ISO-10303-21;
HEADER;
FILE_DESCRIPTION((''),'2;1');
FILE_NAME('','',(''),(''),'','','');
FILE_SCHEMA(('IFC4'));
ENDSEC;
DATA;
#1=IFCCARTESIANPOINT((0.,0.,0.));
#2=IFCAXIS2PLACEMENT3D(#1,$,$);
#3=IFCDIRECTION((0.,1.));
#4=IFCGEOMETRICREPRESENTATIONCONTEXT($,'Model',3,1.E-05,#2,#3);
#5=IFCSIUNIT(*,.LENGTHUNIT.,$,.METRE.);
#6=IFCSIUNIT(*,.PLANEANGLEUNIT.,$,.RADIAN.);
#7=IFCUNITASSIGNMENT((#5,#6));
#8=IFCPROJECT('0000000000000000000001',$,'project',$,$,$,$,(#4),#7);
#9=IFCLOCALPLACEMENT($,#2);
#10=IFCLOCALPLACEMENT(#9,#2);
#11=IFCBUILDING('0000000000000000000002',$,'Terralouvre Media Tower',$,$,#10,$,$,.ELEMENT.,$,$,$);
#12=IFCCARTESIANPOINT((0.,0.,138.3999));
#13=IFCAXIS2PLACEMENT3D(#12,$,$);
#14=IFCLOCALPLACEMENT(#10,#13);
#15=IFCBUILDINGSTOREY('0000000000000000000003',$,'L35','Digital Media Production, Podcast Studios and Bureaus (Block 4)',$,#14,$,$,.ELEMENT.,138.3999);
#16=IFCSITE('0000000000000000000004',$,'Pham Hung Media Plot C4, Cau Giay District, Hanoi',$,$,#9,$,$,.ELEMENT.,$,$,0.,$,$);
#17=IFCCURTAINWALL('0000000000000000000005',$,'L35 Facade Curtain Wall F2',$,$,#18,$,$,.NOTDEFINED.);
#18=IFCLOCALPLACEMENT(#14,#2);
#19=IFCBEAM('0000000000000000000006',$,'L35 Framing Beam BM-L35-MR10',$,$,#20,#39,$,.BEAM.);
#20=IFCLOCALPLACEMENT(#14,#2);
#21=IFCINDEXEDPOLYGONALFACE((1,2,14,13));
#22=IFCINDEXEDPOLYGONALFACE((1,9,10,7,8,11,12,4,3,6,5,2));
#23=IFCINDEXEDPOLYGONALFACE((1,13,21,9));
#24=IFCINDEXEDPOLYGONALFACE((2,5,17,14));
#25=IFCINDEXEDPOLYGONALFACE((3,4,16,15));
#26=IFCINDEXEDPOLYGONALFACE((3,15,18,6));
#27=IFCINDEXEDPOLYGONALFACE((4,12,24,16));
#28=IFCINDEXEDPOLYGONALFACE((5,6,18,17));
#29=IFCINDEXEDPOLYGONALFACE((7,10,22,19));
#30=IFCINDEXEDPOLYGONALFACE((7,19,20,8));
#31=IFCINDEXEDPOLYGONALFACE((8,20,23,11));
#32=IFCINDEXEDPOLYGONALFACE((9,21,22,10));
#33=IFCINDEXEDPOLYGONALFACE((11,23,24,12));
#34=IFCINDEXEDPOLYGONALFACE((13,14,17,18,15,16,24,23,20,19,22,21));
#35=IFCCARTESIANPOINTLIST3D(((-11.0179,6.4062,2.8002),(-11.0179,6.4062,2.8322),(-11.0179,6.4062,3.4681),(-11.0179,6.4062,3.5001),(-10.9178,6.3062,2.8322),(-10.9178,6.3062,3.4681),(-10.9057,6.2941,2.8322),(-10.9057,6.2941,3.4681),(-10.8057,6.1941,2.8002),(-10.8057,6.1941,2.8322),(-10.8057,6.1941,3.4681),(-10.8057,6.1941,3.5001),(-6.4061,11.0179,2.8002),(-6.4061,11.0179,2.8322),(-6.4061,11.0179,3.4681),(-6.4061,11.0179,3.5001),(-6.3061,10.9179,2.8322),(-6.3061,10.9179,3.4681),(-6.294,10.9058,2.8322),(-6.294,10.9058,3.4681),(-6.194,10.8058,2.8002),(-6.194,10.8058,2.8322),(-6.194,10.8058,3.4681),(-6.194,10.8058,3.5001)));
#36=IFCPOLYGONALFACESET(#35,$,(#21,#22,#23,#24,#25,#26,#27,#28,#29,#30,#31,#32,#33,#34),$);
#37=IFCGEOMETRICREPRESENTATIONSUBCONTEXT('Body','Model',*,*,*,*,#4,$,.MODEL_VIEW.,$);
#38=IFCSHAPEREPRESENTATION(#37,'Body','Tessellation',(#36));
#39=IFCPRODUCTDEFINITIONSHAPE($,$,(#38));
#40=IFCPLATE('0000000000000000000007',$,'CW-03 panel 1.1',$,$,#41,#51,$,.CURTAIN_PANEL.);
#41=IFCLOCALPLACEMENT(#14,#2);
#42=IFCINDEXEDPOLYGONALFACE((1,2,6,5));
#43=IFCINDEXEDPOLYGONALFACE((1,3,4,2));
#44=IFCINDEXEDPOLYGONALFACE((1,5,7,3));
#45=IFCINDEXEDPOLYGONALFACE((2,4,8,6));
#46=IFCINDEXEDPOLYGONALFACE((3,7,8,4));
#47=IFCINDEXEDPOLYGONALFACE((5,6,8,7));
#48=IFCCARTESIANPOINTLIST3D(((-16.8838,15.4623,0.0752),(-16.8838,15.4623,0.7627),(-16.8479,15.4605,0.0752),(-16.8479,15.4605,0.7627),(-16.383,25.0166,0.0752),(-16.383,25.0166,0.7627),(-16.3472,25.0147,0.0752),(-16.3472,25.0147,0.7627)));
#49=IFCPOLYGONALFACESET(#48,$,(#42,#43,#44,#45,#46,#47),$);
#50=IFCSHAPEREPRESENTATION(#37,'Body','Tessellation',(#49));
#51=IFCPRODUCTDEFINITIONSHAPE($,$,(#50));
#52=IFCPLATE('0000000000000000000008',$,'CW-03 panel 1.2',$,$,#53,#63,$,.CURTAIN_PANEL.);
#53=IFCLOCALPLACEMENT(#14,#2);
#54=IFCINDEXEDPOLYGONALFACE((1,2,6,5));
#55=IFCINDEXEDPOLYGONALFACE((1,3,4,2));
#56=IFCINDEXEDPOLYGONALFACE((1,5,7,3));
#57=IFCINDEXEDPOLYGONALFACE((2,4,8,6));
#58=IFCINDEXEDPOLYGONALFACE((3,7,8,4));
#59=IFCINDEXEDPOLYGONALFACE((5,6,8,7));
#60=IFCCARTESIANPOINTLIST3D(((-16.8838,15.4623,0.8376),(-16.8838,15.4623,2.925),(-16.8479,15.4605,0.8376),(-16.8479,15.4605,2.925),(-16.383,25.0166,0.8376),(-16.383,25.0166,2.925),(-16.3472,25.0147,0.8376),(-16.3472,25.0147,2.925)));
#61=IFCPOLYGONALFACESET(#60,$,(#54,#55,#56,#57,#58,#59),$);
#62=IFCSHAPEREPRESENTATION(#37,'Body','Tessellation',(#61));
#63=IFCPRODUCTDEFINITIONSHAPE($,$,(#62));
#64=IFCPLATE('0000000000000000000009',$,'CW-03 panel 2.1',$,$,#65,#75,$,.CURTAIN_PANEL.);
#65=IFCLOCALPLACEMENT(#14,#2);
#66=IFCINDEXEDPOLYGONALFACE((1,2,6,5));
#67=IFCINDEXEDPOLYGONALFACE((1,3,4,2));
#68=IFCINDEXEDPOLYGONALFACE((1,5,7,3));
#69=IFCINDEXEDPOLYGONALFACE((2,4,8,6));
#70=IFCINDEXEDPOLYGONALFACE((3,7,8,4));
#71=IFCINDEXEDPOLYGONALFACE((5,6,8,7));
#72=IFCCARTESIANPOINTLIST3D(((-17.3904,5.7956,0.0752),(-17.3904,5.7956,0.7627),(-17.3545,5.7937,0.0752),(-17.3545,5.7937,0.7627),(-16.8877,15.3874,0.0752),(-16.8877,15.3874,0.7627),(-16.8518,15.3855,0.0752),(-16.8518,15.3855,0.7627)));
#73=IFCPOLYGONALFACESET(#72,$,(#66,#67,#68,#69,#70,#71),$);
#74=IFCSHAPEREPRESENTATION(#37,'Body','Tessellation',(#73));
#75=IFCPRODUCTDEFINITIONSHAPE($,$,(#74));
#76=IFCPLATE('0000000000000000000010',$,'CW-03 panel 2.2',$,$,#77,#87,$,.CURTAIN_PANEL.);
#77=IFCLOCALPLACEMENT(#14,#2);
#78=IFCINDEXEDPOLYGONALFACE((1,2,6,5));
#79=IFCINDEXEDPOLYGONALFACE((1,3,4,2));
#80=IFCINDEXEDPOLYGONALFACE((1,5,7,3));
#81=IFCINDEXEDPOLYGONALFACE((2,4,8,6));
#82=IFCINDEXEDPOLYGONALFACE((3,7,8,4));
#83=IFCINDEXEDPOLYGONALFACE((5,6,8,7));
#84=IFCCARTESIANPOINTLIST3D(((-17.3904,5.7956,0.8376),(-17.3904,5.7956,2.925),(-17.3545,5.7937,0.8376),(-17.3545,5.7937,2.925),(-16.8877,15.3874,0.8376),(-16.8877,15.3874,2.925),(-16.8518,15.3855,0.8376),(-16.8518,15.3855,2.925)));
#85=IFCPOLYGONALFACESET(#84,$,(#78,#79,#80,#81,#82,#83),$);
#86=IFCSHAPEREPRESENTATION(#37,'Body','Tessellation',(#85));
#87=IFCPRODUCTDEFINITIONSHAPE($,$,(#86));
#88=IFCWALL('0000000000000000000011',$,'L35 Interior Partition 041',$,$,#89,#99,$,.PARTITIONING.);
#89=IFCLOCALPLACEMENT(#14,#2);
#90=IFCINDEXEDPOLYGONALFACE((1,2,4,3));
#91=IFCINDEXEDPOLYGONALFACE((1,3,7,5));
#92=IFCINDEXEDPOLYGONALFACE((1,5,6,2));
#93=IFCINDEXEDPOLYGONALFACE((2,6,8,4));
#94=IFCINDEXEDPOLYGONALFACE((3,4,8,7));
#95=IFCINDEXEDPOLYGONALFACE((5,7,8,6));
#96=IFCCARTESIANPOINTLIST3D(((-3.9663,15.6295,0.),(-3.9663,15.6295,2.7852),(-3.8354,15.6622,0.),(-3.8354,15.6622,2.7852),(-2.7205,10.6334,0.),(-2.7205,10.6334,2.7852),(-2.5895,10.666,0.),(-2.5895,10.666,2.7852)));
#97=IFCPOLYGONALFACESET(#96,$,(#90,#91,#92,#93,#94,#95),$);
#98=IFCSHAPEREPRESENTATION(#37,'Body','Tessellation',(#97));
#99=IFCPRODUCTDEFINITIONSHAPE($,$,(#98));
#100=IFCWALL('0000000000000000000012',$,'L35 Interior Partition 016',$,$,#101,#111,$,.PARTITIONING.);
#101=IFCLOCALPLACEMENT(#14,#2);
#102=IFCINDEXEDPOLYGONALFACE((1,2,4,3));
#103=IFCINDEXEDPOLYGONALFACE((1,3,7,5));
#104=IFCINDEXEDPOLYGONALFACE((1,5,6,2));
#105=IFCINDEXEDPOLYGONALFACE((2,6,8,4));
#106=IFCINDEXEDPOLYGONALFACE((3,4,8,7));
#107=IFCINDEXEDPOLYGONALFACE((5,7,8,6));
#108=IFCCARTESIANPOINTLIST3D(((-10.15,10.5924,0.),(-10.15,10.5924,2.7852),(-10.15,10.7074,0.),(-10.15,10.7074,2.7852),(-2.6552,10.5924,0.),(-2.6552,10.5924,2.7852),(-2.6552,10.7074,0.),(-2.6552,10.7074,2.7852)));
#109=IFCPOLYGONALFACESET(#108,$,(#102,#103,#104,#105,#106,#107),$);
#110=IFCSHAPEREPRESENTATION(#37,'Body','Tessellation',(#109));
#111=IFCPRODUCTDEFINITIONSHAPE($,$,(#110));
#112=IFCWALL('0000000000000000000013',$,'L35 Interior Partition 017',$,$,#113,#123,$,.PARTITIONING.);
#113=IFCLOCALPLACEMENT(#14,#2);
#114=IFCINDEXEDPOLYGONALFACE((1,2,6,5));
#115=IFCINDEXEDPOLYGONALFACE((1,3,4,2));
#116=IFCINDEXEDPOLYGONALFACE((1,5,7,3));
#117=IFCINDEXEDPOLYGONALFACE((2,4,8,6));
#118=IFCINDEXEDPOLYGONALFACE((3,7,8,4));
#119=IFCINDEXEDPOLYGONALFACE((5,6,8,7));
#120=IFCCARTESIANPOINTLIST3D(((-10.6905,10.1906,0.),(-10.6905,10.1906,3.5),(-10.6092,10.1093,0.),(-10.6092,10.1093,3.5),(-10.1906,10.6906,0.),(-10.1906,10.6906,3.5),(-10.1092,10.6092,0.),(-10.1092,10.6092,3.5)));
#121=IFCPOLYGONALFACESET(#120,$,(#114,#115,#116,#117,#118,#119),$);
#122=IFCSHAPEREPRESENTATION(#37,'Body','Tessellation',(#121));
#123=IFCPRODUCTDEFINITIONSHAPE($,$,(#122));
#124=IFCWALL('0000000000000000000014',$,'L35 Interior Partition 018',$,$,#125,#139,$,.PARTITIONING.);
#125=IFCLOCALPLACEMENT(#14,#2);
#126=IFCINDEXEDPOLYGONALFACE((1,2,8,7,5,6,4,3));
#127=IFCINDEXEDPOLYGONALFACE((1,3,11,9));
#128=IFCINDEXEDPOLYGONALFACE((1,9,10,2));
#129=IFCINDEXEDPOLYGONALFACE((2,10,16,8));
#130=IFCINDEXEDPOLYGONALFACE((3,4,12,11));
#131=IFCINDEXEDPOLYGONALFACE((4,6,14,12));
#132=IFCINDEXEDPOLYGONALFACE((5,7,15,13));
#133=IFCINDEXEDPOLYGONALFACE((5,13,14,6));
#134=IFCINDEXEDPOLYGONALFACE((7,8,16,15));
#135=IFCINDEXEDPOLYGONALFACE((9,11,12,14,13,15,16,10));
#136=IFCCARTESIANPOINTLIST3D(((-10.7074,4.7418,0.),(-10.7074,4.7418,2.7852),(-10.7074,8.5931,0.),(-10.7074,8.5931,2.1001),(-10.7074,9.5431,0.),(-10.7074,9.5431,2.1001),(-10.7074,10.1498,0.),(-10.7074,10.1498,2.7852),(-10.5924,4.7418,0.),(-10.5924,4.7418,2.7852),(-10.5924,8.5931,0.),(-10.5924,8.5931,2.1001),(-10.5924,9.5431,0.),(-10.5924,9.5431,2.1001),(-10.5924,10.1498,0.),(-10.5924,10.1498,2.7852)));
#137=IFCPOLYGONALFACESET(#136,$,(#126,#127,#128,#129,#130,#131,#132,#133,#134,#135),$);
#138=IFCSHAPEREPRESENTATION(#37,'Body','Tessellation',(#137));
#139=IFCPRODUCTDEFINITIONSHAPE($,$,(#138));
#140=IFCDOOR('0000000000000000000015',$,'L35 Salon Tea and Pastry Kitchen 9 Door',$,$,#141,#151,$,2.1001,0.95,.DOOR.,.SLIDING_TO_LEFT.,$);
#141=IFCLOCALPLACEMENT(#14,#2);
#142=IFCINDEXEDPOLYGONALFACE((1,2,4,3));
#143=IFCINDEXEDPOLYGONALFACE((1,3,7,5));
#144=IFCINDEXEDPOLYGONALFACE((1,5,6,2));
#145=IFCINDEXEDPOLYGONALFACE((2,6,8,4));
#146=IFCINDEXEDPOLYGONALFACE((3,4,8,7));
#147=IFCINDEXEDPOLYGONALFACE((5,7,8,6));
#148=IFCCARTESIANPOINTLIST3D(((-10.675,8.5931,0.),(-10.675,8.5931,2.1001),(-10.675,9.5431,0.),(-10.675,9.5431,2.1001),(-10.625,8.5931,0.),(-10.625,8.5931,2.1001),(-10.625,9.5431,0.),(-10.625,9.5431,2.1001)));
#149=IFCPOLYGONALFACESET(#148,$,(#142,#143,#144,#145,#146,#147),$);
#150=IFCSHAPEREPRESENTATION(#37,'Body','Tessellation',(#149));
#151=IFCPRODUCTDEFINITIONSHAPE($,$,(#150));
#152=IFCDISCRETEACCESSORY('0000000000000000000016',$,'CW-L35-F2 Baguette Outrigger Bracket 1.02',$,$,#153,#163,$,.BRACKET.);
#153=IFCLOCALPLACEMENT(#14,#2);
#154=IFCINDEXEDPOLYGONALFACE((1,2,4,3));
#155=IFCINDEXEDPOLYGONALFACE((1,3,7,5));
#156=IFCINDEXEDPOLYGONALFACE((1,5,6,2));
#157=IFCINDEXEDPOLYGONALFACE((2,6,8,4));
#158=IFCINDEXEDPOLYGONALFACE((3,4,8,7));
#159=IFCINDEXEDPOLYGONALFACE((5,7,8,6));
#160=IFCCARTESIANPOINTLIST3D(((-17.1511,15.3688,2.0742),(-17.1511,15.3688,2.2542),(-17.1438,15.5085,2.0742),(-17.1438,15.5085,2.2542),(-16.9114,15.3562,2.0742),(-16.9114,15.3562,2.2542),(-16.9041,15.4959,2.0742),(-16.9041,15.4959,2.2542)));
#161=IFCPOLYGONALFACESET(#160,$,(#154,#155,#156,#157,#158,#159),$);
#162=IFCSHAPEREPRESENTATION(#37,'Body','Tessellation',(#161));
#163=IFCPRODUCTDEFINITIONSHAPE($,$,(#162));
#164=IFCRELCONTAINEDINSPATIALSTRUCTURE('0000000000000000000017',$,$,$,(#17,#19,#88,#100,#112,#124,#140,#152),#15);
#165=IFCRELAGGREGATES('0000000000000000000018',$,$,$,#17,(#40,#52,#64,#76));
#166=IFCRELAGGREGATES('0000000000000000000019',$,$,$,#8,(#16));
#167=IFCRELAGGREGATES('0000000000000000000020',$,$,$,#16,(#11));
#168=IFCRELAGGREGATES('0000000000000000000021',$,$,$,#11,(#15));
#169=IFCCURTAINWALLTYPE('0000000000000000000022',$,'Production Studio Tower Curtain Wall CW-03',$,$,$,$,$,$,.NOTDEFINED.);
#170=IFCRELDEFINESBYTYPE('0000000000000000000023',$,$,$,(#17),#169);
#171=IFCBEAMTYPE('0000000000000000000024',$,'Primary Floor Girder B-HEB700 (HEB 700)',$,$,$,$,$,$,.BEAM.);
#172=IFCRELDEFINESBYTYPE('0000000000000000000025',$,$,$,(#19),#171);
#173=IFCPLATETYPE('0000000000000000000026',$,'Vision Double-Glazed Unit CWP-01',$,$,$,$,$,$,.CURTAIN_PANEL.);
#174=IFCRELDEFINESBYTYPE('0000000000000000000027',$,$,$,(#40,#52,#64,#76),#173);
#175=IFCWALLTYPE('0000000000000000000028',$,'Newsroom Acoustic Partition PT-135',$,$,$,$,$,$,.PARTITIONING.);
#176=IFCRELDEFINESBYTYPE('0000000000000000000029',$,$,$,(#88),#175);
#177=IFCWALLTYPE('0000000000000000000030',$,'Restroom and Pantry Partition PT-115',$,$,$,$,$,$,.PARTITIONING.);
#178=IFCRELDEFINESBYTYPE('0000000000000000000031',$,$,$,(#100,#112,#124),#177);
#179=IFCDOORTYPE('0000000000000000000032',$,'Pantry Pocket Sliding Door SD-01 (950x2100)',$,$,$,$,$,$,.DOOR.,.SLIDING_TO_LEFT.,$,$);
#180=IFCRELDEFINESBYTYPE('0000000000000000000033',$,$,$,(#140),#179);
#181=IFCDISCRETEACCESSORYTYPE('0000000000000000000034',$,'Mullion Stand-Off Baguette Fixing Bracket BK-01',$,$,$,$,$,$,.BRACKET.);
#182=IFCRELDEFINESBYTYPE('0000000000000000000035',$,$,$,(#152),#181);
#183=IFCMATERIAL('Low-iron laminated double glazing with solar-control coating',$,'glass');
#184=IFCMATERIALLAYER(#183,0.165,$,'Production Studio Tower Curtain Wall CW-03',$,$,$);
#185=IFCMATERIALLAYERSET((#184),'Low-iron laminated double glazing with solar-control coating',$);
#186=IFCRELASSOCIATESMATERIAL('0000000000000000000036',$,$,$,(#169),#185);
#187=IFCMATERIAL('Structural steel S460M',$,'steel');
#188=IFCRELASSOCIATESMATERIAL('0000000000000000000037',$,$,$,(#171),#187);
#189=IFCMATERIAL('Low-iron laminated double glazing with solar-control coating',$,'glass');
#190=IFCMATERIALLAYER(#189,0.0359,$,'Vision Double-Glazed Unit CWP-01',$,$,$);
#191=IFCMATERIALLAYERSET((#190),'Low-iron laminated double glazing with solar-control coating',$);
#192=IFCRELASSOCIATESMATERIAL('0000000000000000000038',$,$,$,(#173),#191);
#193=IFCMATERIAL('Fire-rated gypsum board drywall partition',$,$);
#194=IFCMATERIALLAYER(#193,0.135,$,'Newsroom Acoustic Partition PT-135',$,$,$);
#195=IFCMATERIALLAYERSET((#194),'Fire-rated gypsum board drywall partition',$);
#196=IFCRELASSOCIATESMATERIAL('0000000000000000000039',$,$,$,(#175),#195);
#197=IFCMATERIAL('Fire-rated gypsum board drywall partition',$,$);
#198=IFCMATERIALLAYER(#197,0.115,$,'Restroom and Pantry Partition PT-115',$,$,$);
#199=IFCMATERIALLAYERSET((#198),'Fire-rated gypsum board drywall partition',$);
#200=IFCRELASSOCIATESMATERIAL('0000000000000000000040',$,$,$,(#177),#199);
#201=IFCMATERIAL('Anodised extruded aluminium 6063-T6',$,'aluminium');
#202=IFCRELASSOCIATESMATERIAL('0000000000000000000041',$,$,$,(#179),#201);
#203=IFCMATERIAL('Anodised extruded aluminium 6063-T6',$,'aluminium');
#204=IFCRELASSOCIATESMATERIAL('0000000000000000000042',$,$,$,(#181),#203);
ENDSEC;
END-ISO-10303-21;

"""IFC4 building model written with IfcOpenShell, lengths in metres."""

from ifc_helpers import new_model, si_unit, direction, frame, frame_2d, origin, origin_2d, place, context, subcontext, project, spatial, rectangle, i_section, extrude, material, layer, layer_set, material_profile, profile_set, type_object, element, fill, aggregate, save


model = new_model("IFC4")

# Units and contexts
model_context = context("Model", 3, precision=1e-05, world=origin(), true_north=direction((0.0, 1.0)))
body_context = subcontext(model_context, "Body", "Model", "MODEL_VIEW")
ifc_project = project(units=[si_unit("LENGTHUNIT", "METRE"), si_unit("PLANEANGLEUNIT", "RADIAN")], contexts=[model_context])

# Site, building, storey
site_placement = place(None, origin())
site = spatial("IfcSite", under=ifc_project, at=site_placement, Name="Pham Hung Media Plot C4, Cau Giay District, Hanoi", CompositionType="ELEMENT", RefElevation=0.0)
building_placement = place(site_placement, origin())
building = spatial("IfcBuilding", under=site, at=building_placement, Name="Terralouvre Media Tower", CompositionType="ELEMENT")
storey_placement = place(building_placement, frame((0.0, 0.0, 138.3999)))
storey = spatial("IfcBuildingStorey", under=building, at=storey_placement, Name="L35", Description="Digital Media Production, Podcast Studios and Bureaus (Block 4)", CompositionType="ELEMENT", Elevation=138.3999)

# Curtain wall
ifc_material_1 = material(Name="Low-iron laminated double glazing with solar-control coating", Category="glass")
ifc_layer_1 = layer(ifc_material_1, 0.165, Name="Production Studio Tower Curtain Wall CW-03")
ifc_layer_set_1 = layer_set([ifc_layer_1], Name="Low-iron laminated double glazing with solar-control coating")
curtain_wall_type = type_object("IfcCurtainWallType", Name="Production Studio Tower Curtain Wall CW-03", PredefinedType="NOTDEFINED", material=ifc_layer_set_1)
curtain_wall_placement = place(storey_placement, origin())
curtain_wall = element("IfcCurtainWall", 1, at=curtain_wall_placement, inside=storey, type_object=curtain_wall_type, Name="L35 Facade Curtain Wall F2", PredefinedType="NOTDEFINED")

# Beam
ifc_material_2 = material(Name="Structural steel S460M", Category="steel")
ifc_material_profile_1 = material_profile(ifc_material_2, i_section(OverallWidth=0.3, OverallDepth=0.7, WebThickness=0.0171, FlangeThickness=0.032, at=origin_2d()), Name="HEB 700")
ifc_profile_set_1 = profile_set([ifc_material_profile_1], Name="Structural steel S460M")
beam_type_1 = type_object("IfcBeamType", Name="Primary Floor Girder B-HEB700 (HEB 700)", PredefinedType="BEAM", material=ifc_profile_set_1)
beam_1_placement = place(storey_placement, frame((-6.3, 10.9119, 3.1501), z_axis=(-0.707107, -0.707107, 0.0), x_axis=(0.707107, -0.707107, 0.0)))
element("IfcBeam", 2, at=beam_1_placement, inside=storey, type_object=beam_type_1, Name="L35 Framing Beam BM-L35-MR10", PredefinedType="BEAM", context=body_context, shape_type="SweptSolid", body=[
    extrude(i_section(OverallWidth=0.3, OverallDepth=0.7, WebThickness=0.0171, FlangeThickness=0.032, at=origin_2d()), origin(), (0.0, 0.0, 1.0), 6.522),
])

# Plates
ifc_material_3 = material(Name="Low-iron laminated double glazing with solar-control coating", Category="glass")
ifc_layer_2 = layer(ifc_material_3, 0.0359, Name="Vision Double-Glazed Unit CWP-01")
ifc_layer_set_2 = layer_set([ifc_layer_2], Name="Low-iron laminated double glazing with solar-control coating")
plate_type = type_object("IfcPlateType", Name="Vision Double-Glazed Unit CWP-01", PredefinedType="CURTAIN_PANEL", material=ifc_layer_set_2)
plate_1_placement = place(storey_placement, frame((-16.6155, 20.2385, 0.0752), z_axis=(0.0, 0.0, 1.0), x_axis=(-0.052336, -0.99863, 0.0)))
plate_1 = element("IfcPlate", 3, at=plate_1_placement, type_object=plate_type, Name="CW-03 panel 1.1", PredefinedType="CURTAIN_PANEL", context=body_context, shape_type="SweptSolid", body=[
    extrude(rectangle(XDim=9.5674, YDim=0.0359, at=origin_2d()), origin(), (0.0, 0.0, 1.0), 0.6875),
])
plate_2_placement = place(storey_placement, frame((-16.6155, 20.2385, 0.8376), z_axis=(0.0, 0.0, 1.0), x_axis=(-0.052336, -0.99863, 0.0)))
plate_2 = element("IfcPlate", 4, at=plate_2_placement, type_object=plate_type, Name="CW-03 panel 1.2", PredefinedType="CURTAIN_PANEL", context=body_context, shape_type="SweptSolid", body=[
    extrude(rectangle(XDim=9.5674, YDim=0.0359, at=origin_2d()), origin(), (0.0, 0.0, 1.0), 2.0874),
])
plate_3_placement = place(storey_placement, frame((-17.1211, 10.5906, 0.0752), z_axis=(0.0, 0.0, 1.0), x_axis=(-0.052336, -0.99863, 0.0)))
plate_3 = element("IfcPlate", 5, at=plate_3_placement, type_object=plate_type, Name="CW-03 panel 2.1", PredefinedType="CURTAIN_PANEL", context=body_context, shape_type="SweptSolid", body=[
    extrude(rectangle(XDim=9.605, YDim=0.0359, at=origin_2d()), origin(), (0.0, 0.0, 1.0), 0.6875),
])
plate_4_placement = place(storey_placement, frame((-17.1211, 10.5906, 0.8376), z_axis=(0.0, 0.0, 1.0), x_axis=(-0.052336, -0.99863, 0.0)))
plate_4 = element("IfcPlate", 6, at=plate_4_placement, type_object=plate_type, Name="CW-03 panel 2.2", PredefinedType="CURTAIN_PANEL", context=body_context, shape_type="SweptSolid", body=[
    extrude(rectangle(XDim=9.605, YDim=0.0359, at=origin_2d()), origin(), (0.0, 0.0, 1.0), 2.0874),
])
aggregate(curtain_wall, [plate_1, plate_2, plate_3, plate_4])

# Walls
ifc_material_4 = material(Name="Fire-rated gypsum board drywall partition")
ifc_layer_3 = layer(ifc_material_4, 0.135, Name="Newsroom Acoustic Partition PT-135")
ifc_layer_set_3 = layer_set([ifc_layer_3], Name="Fire-rated gypsum board drywall partition")
wall_type_1 = type_object("IfcWallType", Name="Newsroom Acoustic Partition PT-135", PredefinedType="PARTITIONING", material=ifc_layer_set_3)
wall_1_placement = place(storey_placement, frame((-3.9009, 15.646, 0.0), z_axis=(0.0, 0.0, 1.0), x_axis=(0.241955, -0.970287, 0.0)))
element("IfcWall", 7, at=wall_1_placement, inside=storey, type_object=wall_type_1, Name="L35 Interior Partition 041", PredefinedType="PARTITIONING", context=body_context, shape_type="SweptSolid", body=[
    extrude(rectangle(XDim=5.1492, YDim=0.135, at=frame_2d((2.5747, 0.0))), origin(), (0.0, 0.0, 1.0), 2.7852),
])
ifc_material_5 = material(Name="Fire-rated gypsum board drywall partition")
ifc_layer_4 = layer(ifc_material_5, 0.115, Name="Restroom and Pantry Partition PT-115")
ifc_layer_set_4 = layer_set([ifc_layer_4], Name="Fire-rated gypsum board drywall partition")
wall_type_2 = type_object("IfcWallType", Name="Restroom and Pantry Partition PT-115", PredefinedType="PARTITIONING", material=ifc_layer_set_4)
wall_2_placement = place(storey_placement, frame((-2.655, 10.6499, 0.0), z_axis=(0.0, 0.0, 1.0), x_axis=(-1.0, 0.0, 0.0)))
element("IfcWall", 8, at=wall_2_placement, inside=storey, type_object=wall_type_2, Name="L35 Interior Partition 016", PredefinedType="PARTITIONING", context=body_context, shape_type="SweptSolid", body=[
    extrude(rectangle(XDim=7.4949, YDim=0.115, at=frame_2d((3.7476, 0.0))), origin(), (0.0, 0.0, 1.0), 2.7852),
])
wall_3_placement = place(storey_placement, frame((-10.1499, 10.6499, 0.0), z_axis=(0.0, 0.0, 1.0), x_axis=(-0.707107, -0.707107, 0.0)))
element("IfcWall", 9, at=wall_3_placement, inside=storey, type_object=wall_type_2, Name="L35 Interior Partition 017", PredefinedType="PARTITIONING", context=body_context, shape_type="SweptSolid", body=[
    extrude(rectangle(XDim=0.707, YDim=0.115, at=frame_2d((0.3535, 0.0))), origin(), (0.0, 0.0, 1.0), 3.5),
])

# Wall, opening, door
wall_4_placement = place(storey_placement, frame((-10.6499, 10.1499, 0.0), z_axis=(0.0, 0.0, 1.0), x_axis=(0.0, -1.0, 0.0)))
wall_4 = element("IfcWall", 10, at=wall_4_placement, inside=storey, type_object=wall_type_2, Name="L35 Interior Partition 018", PredefinedType="PARTITIONING", context=body_context, shape_type="SweptSolid", body=[
    extrude(rectangle(XDim=5.408, YDim=0.115, at=frame_2d((2.7041, 0.0))), origin(), (0.0, 0.0, 1.0), 2.7852),
])
opening_placement = place(wall_4_placement, frame((0.6067, 0.0, 0.0)))
opening = element("IfcOpeningElement", 11, at=opening_placement, cuts=wall_4, PredefinedType="OPENING", context=body_context, shape_type="SweptSolid", body=[
    extrude(rectangle(XDim=0.95, YDim=2.1001, at=frame_2d((0.4751, 1.05))), frame((0.0, 0.0674, 0.0), z_axis=(0.0, -1.0, 0.0), x_axis=(1.0, 0.0, 0.0)), (0.0, 0.0, 1.0), 0.135),
])
ifc_material_6 = material(Name="Anodised extruded aluminium 6063-T6", Category="aluminium")
door_type = type_object("IfcDoorType", Name="Pantry Pocket Sliding Door SD-01 (950x2100)", OperationType="SLIDING_TO_LEFT", PredefinedType="DOOR", material=ifc_material_6)
door_placement = place(opening_placement, origin())
door = element("IfcDoor", 12, at=door_placement, inside=storey, type_object=door_type, Name="L35 Salon Tea and Pastry Kitchen 9 Door", OperationType="SLIDING_TO_LEFT", OverallHeight=2.1001, OverallWidth=0.95, PredefinedType="DOOR", context=body_context, shape_type="SweptSolid", body=[
    extrude(rectangle(XDim=0.95, YDim=2.1001, at=frame_2d((0.4751, 1.05))), frame((0.0, 0.0249, 0.0), z_axis=(0.0, -1.0, 0.0), x_axis=(1.0, 0.0, 0.0)), (0.0, 0.0, 1.0), 0.05),
])
fill(opening, door)

# Discrete accessory
ifc_material_7 = material(Name="Anodised extruded aluminium 6063-T6", Category="aluminium")
discrete_accessory_type = type_object("IfcDiscreteAccessoryType", Name="Mullion Stand-Off Baguette Fixing Bracket BK-01", PredefinedType="BRACKET", material=ifc_material_7)
discrete_accessory_placement = place(storey_placement, frame((-17.0276, 15.4324, 2.0742), z_axis=(0.0, 0.0, 1.0), x_axis=(-0.052336, -0.99863, 0.0)))
element("IfcDiscreteAccessory", 13, at=discrete_accessory_placement, inside=storey, type_object=discrete_accessory_type, Name="CW-L35-F2 Baguette Outrigger Bracket 1.02", PredefinedType="BRACKET", context=body_context, shape_type="SweptSolid", body=[
    extrude(rectangle(XDim=0.1399, YDim=0.24, at=origin_2d()), origin(), (0.0, 0.0, 1.0), 0.1799),
])

save(model, "model.ifc")
